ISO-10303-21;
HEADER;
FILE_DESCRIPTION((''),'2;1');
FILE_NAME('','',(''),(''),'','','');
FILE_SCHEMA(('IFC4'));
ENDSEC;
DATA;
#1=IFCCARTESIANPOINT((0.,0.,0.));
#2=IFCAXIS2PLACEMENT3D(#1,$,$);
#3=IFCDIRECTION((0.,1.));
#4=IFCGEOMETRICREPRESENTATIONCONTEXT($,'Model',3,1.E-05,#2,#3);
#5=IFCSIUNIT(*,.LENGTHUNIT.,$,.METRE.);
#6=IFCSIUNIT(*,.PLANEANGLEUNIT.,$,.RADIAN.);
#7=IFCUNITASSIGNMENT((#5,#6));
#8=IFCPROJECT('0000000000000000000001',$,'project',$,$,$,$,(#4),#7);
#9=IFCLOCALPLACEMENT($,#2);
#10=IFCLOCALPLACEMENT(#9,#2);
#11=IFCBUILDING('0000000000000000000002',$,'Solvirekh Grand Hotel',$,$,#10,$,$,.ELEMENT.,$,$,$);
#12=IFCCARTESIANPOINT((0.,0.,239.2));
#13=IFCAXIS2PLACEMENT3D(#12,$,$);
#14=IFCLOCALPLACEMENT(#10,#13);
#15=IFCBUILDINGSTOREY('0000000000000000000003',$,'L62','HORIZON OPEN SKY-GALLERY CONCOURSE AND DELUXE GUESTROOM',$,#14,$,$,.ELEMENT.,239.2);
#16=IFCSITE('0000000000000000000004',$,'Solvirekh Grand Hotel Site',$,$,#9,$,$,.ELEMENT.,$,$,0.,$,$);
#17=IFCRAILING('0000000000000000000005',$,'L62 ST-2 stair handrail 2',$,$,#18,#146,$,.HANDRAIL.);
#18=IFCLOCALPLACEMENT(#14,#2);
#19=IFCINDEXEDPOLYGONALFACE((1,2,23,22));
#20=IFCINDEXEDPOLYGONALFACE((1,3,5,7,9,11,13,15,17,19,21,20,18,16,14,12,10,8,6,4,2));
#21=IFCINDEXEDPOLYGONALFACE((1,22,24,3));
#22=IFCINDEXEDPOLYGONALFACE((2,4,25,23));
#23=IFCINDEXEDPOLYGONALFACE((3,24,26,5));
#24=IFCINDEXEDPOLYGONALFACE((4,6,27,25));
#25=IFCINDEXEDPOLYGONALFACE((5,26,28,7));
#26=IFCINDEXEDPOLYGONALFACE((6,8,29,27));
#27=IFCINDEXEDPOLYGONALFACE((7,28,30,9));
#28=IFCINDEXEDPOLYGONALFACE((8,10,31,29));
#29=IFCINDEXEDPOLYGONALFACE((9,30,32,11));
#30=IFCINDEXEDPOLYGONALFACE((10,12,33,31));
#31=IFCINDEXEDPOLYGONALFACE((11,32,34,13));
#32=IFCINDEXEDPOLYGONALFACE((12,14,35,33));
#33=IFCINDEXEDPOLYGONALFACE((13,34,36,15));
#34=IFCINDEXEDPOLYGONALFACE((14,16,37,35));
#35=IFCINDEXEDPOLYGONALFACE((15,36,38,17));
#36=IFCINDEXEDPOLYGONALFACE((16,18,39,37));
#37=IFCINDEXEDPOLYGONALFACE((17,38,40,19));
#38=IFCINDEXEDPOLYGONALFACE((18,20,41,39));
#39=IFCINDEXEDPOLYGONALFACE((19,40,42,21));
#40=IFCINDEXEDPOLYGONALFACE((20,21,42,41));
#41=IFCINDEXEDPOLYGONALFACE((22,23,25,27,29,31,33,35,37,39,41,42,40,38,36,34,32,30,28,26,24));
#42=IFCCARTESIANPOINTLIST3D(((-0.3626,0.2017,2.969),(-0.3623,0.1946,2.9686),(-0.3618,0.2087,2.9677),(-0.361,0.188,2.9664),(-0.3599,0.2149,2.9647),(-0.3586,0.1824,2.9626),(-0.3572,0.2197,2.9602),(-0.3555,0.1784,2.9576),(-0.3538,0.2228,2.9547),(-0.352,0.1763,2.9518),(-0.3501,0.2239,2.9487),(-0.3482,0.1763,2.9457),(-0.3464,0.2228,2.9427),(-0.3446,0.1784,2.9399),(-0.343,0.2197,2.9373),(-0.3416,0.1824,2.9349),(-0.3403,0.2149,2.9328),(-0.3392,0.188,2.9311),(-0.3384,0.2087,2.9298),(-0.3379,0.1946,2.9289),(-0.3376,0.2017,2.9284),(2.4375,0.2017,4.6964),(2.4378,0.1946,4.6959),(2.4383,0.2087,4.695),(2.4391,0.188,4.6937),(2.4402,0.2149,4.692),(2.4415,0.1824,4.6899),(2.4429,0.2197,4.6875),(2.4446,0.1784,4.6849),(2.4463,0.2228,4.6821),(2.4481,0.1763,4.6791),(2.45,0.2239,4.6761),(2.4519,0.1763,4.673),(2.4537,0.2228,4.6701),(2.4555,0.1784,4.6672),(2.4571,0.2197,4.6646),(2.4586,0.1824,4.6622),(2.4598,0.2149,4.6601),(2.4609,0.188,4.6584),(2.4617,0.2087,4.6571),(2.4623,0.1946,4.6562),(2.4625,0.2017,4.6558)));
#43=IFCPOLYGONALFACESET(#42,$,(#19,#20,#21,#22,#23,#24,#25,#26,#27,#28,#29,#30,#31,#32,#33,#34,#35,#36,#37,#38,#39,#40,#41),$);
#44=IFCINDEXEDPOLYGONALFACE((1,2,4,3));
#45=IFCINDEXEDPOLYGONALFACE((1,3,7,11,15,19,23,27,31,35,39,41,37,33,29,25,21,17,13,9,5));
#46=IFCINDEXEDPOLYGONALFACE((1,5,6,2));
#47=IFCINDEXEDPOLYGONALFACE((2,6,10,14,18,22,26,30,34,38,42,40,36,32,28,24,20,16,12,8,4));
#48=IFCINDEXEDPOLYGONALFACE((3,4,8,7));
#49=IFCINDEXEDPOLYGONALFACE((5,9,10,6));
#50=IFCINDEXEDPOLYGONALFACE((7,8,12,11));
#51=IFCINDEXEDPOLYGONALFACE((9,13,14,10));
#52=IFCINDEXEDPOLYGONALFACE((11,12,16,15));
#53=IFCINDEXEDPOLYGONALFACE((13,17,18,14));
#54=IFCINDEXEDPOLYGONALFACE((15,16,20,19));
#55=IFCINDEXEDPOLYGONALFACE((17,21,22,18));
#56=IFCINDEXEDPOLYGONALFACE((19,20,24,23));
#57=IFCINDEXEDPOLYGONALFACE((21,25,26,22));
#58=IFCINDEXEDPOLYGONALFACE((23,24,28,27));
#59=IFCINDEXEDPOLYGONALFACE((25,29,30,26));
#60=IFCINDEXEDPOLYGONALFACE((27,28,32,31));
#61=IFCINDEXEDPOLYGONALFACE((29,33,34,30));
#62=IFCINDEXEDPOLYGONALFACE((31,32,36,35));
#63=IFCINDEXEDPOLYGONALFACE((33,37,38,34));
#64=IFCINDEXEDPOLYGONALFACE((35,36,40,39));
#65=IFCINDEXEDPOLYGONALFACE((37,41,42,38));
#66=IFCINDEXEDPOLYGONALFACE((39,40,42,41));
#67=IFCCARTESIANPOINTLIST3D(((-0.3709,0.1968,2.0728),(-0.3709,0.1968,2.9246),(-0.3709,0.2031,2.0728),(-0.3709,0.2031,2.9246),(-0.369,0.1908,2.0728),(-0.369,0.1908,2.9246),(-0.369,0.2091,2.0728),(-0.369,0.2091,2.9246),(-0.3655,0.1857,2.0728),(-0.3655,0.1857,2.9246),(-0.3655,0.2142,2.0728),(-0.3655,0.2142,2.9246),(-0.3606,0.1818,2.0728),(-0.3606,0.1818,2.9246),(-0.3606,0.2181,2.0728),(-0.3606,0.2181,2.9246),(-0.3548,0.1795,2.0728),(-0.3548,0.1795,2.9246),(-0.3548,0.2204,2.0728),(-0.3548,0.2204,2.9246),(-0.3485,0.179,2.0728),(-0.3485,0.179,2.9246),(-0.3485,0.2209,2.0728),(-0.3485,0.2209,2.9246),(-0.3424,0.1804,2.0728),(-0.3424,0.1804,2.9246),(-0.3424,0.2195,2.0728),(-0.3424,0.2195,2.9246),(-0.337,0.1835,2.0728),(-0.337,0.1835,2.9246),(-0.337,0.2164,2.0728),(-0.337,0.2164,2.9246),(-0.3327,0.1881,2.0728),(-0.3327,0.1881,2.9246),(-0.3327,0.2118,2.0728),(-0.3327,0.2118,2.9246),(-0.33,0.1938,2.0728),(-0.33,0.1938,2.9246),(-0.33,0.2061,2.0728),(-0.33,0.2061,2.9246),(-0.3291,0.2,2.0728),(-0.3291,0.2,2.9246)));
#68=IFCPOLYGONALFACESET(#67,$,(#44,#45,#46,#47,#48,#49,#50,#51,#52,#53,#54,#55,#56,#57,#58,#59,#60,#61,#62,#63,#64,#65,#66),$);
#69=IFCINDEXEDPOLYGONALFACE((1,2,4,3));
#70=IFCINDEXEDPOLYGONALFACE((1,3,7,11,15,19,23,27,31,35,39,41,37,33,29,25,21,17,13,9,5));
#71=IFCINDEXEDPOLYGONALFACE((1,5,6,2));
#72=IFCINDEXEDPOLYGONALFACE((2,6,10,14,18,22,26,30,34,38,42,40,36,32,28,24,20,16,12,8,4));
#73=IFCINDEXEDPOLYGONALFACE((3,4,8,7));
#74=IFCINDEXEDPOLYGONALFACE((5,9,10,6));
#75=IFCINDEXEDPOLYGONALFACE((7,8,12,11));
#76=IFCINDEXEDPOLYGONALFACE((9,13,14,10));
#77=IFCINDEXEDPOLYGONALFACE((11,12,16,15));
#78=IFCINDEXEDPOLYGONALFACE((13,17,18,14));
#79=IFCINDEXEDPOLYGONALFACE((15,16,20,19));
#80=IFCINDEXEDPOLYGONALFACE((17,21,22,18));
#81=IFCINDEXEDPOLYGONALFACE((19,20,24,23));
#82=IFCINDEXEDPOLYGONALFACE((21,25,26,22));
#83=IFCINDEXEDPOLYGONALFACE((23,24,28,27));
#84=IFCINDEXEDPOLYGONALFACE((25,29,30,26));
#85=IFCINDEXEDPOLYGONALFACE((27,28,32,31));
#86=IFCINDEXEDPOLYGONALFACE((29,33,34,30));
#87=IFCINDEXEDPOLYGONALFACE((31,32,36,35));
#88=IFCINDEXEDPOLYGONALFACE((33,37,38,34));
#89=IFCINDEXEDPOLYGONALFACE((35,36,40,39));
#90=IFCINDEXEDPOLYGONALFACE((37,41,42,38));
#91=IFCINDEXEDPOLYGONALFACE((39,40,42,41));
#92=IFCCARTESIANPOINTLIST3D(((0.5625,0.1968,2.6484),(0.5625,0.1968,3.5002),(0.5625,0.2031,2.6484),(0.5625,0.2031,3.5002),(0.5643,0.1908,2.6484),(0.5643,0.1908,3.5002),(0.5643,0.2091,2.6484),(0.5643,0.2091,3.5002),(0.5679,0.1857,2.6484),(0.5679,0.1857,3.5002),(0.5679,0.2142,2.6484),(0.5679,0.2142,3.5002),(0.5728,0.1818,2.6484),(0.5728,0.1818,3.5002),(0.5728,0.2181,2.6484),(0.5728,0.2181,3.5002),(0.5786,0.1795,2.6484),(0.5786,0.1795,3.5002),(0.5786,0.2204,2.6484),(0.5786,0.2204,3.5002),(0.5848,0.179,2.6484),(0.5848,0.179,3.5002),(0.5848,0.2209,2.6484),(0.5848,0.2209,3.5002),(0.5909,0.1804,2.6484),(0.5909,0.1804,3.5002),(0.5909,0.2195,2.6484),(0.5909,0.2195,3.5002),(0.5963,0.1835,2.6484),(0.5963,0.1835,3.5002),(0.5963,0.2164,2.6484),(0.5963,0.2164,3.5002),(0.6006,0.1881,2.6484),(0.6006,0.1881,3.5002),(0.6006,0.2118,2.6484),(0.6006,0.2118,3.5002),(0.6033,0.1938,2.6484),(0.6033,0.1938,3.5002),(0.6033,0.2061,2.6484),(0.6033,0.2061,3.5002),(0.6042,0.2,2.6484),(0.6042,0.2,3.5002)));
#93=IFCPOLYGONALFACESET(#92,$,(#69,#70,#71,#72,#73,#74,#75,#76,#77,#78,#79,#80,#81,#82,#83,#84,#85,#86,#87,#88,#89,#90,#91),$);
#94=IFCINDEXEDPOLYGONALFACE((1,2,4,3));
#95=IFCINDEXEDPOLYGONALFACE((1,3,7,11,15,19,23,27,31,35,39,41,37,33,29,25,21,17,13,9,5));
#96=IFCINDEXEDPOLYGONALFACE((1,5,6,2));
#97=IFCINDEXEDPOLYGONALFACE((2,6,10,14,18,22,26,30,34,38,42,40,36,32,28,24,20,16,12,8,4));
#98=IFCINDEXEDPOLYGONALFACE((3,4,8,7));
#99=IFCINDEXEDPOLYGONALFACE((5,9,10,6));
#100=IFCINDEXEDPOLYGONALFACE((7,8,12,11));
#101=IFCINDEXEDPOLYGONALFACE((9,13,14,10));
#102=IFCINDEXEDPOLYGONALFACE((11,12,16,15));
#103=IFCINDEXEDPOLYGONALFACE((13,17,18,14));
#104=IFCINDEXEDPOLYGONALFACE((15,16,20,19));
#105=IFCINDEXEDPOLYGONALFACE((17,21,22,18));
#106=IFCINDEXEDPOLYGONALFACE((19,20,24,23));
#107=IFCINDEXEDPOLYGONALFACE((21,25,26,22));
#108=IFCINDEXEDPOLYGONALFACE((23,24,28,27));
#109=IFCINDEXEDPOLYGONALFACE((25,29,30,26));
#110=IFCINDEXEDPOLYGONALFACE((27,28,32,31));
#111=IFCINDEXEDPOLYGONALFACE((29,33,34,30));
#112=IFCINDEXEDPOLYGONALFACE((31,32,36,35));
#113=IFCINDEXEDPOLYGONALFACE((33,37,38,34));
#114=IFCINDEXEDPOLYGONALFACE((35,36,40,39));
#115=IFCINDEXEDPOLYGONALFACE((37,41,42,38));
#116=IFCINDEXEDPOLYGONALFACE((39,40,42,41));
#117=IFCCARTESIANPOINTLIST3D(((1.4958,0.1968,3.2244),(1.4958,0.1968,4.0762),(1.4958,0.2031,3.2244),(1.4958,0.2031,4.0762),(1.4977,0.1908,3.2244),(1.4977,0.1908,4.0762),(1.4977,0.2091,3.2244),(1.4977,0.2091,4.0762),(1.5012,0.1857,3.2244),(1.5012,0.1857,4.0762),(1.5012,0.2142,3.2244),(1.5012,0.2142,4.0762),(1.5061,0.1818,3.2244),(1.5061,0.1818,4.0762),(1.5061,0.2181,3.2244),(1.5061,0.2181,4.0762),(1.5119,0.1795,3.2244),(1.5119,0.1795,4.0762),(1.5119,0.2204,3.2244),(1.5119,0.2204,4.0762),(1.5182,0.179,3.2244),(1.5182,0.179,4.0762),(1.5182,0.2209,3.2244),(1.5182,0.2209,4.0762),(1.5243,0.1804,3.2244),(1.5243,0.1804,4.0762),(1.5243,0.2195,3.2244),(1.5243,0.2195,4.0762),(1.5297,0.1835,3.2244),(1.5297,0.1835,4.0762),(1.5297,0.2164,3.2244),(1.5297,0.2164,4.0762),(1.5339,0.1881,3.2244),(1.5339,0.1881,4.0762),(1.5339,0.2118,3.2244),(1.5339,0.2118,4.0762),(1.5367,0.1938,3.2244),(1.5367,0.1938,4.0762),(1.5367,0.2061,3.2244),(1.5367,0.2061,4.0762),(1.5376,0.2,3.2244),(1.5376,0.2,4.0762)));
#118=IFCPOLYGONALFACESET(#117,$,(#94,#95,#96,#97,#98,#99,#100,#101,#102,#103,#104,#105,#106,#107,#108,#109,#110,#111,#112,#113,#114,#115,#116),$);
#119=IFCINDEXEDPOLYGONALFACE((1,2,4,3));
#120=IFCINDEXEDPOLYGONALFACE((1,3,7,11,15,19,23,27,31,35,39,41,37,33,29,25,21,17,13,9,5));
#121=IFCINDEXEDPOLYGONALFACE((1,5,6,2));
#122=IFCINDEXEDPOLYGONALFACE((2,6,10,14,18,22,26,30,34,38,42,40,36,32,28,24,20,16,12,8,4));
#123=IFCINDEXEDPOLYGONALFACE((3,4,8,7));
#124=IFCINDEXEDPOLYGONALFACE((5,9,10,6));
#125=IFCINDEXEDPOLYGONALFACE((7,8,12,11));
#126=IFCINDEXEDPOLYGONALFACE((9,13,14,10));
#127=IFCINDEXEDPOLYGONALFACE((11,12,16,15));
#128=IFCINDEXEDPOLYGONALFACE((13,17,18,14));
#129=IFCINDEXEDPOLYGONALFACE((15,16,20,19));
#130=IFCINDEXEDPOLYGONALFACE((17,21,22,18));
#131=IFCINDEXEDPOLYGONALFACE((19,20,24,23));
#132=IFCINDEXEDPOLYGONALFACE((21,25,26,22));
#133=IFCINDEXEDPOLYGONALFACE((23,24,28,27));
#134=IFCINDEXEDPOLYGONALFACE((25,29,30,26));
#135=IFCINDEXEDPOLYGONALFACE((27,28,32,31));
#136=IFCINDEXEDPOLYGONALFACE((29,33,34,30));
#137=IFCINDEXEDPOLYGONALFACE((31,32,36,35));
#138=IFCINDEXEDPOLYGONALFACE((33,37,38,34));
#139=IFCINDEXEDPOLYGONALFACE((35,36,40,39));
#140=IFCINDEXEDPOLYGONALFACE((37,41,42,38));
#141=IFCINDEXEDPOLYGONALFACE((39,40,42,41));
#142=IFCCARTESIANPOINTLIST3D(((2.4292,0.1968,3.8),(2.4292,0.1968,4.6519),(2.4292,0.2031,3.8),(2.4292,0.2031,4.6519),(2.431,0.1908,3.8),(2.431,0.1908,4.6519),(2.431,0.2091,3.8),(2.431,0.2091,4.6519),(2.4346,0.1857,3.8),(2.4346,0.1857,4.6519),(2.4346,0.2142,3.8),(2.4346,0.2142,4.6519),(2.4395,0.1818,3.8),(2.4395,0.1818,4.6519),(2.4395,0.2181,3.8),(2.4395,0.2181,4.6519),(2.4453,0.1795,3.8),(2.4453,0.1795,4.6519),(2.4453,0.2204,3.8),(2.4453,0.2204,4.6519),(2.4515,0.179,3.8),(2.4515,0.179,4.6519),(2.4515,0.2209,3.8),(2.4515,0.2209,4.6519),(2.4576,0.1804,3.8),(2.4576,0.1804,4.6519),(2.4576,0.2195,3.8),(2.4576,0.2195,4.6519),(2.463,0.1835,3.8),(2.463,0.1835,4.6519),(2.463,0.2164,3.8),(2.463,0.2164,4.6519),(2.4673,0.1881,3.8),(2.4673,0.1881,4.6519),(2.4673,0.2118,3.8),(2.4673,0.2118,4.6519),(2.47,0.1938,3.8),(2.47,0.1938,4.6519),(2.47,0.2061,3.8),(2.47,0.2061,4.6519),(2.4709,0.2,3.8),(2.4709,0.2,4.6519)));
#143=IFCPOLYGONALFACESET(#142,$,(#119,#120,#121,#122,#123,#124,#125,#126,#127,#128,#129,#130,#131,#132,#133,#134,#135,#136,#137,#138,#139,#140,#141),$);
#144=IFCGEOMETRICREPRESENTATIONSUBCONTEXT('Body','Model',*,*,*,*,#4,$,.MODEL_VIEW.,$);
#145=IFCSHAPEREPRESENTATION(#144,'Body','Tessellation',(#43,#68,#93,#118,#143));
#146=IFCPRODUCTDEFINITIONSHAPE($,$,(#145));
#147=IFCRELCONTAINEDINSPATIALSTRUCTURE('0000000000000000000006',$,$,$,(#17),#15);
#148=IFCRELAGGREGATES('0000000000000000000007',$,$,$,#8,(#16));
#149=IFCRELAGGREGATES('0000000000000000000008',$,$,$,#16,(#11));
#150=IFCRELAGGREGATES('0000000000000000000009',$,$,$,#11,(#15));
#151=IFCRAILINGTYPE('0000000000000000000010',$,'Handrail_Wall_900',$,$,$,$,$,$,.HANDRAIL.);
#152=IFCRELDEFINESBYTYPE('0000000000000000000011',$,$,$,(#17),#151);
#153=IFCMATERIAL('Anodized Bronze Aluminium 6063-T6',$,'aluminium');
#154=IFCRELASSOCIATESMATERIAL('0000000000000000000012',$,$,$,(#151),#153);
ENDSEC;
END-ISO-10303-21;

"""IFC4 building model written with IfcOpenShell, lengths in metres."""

from ifc_helpers import new_model, si_unit, direction, frame, origin, origin_2d, place, context, subcontext, project, spatial, circle, extrude, material, type_object, element, save


model = new_model("IFC4")

# Units and contexts
model_context = context("Model", 3, precision=1e-05, world=origin(), true_north=direction((0.0, 1.0)))
body_context = subcontext(model_context, "Body", "Model", "MODEL_VIEW")
ifc_project = project(units=[si_unit("LENGTHUNIT", "METRE"), si_unit("PLANEANGLEUNIT", "RADIAN")], contexts=[model_context])

# Site, building, storey
site_placement = place(None, origin())
site = spatial("IfcSite", under=ifc_project, at=site_placement, Name="Solvirekh Grand Hotel Site", CompositionType="ELEMENT", RefElevation=0.0)
building_placement = place(site_placement, origin())
building = spatial("IfcBuilding", under=site, at=building_placement, Name="Solvirekh Grand Hotel", CompositionType="ELEMENT")
storey_placement = place(building_placement, frame((0.0, 0.0, 239.2)))
storey = spatial("IfcBuildingStorey", under=building, at=storey_placement, Name="L62", Description="HORIZON OPEN SKY-GALLERY CONCOURSE AND DELUXE GUESTROOM", CompositionType="ELEMENT", Elevation=239.2)

# Shared definitions
ifc_material_1 = material(Name="Anodized Bronze Aluminium 6063-T6", Category="aluminium")

# Railing
railing_type_1 = type_object("IfcRailingType", Name="Handrail_Wall_900", PredefinedType="HANDRAIL", material=ifc_material_1)
for number, where, name in (
    (1, (-0.3501, 0.2, 2.0728), "L62 ST-2 stair handrail 2"),
):
    element("IfcRailing", number, at=place(storey_placement, frame(where)), inside=storey, type_object=railing_type_1, Name=name, PredefinedType="HANDRAIL", context=body_context, shape_type="SweptSolid", body=[
        extrude(circle(Radius=0.0239, at=origin_2d()), frame((0.0, 0.0, 0.876), z_axis=(0.85109, 0.0, 0.52502), x_axis=(0.0, 1.0, 0.0)), (0.0, 0.0, 1.0), 3.29),
        extrude(circle(Radius=0.021, at=origin_2d()), origin(), (0.0, 0.0, 1.0), 0.8518),
        extrude(circle(Radius=0.021, at=origin_2d()), frame((0.9333, 0.0, 0.5757)), (0.0, 0.0, 1.0), 0.8518),
        extrude(circle(Radius=0.021, at=origin_2d()), frame((1.8667, 0.0, 1.1516)), (0.0, 0.0, 1.0), 0.8518),
        extrude(circle(Radius=0.021, at=origin_2d()), frame((2.8, 0.0, 1.7273)), (0.0, 0.0, 1.0), 0.8518),
    ])

save(model, "model.ifc")
